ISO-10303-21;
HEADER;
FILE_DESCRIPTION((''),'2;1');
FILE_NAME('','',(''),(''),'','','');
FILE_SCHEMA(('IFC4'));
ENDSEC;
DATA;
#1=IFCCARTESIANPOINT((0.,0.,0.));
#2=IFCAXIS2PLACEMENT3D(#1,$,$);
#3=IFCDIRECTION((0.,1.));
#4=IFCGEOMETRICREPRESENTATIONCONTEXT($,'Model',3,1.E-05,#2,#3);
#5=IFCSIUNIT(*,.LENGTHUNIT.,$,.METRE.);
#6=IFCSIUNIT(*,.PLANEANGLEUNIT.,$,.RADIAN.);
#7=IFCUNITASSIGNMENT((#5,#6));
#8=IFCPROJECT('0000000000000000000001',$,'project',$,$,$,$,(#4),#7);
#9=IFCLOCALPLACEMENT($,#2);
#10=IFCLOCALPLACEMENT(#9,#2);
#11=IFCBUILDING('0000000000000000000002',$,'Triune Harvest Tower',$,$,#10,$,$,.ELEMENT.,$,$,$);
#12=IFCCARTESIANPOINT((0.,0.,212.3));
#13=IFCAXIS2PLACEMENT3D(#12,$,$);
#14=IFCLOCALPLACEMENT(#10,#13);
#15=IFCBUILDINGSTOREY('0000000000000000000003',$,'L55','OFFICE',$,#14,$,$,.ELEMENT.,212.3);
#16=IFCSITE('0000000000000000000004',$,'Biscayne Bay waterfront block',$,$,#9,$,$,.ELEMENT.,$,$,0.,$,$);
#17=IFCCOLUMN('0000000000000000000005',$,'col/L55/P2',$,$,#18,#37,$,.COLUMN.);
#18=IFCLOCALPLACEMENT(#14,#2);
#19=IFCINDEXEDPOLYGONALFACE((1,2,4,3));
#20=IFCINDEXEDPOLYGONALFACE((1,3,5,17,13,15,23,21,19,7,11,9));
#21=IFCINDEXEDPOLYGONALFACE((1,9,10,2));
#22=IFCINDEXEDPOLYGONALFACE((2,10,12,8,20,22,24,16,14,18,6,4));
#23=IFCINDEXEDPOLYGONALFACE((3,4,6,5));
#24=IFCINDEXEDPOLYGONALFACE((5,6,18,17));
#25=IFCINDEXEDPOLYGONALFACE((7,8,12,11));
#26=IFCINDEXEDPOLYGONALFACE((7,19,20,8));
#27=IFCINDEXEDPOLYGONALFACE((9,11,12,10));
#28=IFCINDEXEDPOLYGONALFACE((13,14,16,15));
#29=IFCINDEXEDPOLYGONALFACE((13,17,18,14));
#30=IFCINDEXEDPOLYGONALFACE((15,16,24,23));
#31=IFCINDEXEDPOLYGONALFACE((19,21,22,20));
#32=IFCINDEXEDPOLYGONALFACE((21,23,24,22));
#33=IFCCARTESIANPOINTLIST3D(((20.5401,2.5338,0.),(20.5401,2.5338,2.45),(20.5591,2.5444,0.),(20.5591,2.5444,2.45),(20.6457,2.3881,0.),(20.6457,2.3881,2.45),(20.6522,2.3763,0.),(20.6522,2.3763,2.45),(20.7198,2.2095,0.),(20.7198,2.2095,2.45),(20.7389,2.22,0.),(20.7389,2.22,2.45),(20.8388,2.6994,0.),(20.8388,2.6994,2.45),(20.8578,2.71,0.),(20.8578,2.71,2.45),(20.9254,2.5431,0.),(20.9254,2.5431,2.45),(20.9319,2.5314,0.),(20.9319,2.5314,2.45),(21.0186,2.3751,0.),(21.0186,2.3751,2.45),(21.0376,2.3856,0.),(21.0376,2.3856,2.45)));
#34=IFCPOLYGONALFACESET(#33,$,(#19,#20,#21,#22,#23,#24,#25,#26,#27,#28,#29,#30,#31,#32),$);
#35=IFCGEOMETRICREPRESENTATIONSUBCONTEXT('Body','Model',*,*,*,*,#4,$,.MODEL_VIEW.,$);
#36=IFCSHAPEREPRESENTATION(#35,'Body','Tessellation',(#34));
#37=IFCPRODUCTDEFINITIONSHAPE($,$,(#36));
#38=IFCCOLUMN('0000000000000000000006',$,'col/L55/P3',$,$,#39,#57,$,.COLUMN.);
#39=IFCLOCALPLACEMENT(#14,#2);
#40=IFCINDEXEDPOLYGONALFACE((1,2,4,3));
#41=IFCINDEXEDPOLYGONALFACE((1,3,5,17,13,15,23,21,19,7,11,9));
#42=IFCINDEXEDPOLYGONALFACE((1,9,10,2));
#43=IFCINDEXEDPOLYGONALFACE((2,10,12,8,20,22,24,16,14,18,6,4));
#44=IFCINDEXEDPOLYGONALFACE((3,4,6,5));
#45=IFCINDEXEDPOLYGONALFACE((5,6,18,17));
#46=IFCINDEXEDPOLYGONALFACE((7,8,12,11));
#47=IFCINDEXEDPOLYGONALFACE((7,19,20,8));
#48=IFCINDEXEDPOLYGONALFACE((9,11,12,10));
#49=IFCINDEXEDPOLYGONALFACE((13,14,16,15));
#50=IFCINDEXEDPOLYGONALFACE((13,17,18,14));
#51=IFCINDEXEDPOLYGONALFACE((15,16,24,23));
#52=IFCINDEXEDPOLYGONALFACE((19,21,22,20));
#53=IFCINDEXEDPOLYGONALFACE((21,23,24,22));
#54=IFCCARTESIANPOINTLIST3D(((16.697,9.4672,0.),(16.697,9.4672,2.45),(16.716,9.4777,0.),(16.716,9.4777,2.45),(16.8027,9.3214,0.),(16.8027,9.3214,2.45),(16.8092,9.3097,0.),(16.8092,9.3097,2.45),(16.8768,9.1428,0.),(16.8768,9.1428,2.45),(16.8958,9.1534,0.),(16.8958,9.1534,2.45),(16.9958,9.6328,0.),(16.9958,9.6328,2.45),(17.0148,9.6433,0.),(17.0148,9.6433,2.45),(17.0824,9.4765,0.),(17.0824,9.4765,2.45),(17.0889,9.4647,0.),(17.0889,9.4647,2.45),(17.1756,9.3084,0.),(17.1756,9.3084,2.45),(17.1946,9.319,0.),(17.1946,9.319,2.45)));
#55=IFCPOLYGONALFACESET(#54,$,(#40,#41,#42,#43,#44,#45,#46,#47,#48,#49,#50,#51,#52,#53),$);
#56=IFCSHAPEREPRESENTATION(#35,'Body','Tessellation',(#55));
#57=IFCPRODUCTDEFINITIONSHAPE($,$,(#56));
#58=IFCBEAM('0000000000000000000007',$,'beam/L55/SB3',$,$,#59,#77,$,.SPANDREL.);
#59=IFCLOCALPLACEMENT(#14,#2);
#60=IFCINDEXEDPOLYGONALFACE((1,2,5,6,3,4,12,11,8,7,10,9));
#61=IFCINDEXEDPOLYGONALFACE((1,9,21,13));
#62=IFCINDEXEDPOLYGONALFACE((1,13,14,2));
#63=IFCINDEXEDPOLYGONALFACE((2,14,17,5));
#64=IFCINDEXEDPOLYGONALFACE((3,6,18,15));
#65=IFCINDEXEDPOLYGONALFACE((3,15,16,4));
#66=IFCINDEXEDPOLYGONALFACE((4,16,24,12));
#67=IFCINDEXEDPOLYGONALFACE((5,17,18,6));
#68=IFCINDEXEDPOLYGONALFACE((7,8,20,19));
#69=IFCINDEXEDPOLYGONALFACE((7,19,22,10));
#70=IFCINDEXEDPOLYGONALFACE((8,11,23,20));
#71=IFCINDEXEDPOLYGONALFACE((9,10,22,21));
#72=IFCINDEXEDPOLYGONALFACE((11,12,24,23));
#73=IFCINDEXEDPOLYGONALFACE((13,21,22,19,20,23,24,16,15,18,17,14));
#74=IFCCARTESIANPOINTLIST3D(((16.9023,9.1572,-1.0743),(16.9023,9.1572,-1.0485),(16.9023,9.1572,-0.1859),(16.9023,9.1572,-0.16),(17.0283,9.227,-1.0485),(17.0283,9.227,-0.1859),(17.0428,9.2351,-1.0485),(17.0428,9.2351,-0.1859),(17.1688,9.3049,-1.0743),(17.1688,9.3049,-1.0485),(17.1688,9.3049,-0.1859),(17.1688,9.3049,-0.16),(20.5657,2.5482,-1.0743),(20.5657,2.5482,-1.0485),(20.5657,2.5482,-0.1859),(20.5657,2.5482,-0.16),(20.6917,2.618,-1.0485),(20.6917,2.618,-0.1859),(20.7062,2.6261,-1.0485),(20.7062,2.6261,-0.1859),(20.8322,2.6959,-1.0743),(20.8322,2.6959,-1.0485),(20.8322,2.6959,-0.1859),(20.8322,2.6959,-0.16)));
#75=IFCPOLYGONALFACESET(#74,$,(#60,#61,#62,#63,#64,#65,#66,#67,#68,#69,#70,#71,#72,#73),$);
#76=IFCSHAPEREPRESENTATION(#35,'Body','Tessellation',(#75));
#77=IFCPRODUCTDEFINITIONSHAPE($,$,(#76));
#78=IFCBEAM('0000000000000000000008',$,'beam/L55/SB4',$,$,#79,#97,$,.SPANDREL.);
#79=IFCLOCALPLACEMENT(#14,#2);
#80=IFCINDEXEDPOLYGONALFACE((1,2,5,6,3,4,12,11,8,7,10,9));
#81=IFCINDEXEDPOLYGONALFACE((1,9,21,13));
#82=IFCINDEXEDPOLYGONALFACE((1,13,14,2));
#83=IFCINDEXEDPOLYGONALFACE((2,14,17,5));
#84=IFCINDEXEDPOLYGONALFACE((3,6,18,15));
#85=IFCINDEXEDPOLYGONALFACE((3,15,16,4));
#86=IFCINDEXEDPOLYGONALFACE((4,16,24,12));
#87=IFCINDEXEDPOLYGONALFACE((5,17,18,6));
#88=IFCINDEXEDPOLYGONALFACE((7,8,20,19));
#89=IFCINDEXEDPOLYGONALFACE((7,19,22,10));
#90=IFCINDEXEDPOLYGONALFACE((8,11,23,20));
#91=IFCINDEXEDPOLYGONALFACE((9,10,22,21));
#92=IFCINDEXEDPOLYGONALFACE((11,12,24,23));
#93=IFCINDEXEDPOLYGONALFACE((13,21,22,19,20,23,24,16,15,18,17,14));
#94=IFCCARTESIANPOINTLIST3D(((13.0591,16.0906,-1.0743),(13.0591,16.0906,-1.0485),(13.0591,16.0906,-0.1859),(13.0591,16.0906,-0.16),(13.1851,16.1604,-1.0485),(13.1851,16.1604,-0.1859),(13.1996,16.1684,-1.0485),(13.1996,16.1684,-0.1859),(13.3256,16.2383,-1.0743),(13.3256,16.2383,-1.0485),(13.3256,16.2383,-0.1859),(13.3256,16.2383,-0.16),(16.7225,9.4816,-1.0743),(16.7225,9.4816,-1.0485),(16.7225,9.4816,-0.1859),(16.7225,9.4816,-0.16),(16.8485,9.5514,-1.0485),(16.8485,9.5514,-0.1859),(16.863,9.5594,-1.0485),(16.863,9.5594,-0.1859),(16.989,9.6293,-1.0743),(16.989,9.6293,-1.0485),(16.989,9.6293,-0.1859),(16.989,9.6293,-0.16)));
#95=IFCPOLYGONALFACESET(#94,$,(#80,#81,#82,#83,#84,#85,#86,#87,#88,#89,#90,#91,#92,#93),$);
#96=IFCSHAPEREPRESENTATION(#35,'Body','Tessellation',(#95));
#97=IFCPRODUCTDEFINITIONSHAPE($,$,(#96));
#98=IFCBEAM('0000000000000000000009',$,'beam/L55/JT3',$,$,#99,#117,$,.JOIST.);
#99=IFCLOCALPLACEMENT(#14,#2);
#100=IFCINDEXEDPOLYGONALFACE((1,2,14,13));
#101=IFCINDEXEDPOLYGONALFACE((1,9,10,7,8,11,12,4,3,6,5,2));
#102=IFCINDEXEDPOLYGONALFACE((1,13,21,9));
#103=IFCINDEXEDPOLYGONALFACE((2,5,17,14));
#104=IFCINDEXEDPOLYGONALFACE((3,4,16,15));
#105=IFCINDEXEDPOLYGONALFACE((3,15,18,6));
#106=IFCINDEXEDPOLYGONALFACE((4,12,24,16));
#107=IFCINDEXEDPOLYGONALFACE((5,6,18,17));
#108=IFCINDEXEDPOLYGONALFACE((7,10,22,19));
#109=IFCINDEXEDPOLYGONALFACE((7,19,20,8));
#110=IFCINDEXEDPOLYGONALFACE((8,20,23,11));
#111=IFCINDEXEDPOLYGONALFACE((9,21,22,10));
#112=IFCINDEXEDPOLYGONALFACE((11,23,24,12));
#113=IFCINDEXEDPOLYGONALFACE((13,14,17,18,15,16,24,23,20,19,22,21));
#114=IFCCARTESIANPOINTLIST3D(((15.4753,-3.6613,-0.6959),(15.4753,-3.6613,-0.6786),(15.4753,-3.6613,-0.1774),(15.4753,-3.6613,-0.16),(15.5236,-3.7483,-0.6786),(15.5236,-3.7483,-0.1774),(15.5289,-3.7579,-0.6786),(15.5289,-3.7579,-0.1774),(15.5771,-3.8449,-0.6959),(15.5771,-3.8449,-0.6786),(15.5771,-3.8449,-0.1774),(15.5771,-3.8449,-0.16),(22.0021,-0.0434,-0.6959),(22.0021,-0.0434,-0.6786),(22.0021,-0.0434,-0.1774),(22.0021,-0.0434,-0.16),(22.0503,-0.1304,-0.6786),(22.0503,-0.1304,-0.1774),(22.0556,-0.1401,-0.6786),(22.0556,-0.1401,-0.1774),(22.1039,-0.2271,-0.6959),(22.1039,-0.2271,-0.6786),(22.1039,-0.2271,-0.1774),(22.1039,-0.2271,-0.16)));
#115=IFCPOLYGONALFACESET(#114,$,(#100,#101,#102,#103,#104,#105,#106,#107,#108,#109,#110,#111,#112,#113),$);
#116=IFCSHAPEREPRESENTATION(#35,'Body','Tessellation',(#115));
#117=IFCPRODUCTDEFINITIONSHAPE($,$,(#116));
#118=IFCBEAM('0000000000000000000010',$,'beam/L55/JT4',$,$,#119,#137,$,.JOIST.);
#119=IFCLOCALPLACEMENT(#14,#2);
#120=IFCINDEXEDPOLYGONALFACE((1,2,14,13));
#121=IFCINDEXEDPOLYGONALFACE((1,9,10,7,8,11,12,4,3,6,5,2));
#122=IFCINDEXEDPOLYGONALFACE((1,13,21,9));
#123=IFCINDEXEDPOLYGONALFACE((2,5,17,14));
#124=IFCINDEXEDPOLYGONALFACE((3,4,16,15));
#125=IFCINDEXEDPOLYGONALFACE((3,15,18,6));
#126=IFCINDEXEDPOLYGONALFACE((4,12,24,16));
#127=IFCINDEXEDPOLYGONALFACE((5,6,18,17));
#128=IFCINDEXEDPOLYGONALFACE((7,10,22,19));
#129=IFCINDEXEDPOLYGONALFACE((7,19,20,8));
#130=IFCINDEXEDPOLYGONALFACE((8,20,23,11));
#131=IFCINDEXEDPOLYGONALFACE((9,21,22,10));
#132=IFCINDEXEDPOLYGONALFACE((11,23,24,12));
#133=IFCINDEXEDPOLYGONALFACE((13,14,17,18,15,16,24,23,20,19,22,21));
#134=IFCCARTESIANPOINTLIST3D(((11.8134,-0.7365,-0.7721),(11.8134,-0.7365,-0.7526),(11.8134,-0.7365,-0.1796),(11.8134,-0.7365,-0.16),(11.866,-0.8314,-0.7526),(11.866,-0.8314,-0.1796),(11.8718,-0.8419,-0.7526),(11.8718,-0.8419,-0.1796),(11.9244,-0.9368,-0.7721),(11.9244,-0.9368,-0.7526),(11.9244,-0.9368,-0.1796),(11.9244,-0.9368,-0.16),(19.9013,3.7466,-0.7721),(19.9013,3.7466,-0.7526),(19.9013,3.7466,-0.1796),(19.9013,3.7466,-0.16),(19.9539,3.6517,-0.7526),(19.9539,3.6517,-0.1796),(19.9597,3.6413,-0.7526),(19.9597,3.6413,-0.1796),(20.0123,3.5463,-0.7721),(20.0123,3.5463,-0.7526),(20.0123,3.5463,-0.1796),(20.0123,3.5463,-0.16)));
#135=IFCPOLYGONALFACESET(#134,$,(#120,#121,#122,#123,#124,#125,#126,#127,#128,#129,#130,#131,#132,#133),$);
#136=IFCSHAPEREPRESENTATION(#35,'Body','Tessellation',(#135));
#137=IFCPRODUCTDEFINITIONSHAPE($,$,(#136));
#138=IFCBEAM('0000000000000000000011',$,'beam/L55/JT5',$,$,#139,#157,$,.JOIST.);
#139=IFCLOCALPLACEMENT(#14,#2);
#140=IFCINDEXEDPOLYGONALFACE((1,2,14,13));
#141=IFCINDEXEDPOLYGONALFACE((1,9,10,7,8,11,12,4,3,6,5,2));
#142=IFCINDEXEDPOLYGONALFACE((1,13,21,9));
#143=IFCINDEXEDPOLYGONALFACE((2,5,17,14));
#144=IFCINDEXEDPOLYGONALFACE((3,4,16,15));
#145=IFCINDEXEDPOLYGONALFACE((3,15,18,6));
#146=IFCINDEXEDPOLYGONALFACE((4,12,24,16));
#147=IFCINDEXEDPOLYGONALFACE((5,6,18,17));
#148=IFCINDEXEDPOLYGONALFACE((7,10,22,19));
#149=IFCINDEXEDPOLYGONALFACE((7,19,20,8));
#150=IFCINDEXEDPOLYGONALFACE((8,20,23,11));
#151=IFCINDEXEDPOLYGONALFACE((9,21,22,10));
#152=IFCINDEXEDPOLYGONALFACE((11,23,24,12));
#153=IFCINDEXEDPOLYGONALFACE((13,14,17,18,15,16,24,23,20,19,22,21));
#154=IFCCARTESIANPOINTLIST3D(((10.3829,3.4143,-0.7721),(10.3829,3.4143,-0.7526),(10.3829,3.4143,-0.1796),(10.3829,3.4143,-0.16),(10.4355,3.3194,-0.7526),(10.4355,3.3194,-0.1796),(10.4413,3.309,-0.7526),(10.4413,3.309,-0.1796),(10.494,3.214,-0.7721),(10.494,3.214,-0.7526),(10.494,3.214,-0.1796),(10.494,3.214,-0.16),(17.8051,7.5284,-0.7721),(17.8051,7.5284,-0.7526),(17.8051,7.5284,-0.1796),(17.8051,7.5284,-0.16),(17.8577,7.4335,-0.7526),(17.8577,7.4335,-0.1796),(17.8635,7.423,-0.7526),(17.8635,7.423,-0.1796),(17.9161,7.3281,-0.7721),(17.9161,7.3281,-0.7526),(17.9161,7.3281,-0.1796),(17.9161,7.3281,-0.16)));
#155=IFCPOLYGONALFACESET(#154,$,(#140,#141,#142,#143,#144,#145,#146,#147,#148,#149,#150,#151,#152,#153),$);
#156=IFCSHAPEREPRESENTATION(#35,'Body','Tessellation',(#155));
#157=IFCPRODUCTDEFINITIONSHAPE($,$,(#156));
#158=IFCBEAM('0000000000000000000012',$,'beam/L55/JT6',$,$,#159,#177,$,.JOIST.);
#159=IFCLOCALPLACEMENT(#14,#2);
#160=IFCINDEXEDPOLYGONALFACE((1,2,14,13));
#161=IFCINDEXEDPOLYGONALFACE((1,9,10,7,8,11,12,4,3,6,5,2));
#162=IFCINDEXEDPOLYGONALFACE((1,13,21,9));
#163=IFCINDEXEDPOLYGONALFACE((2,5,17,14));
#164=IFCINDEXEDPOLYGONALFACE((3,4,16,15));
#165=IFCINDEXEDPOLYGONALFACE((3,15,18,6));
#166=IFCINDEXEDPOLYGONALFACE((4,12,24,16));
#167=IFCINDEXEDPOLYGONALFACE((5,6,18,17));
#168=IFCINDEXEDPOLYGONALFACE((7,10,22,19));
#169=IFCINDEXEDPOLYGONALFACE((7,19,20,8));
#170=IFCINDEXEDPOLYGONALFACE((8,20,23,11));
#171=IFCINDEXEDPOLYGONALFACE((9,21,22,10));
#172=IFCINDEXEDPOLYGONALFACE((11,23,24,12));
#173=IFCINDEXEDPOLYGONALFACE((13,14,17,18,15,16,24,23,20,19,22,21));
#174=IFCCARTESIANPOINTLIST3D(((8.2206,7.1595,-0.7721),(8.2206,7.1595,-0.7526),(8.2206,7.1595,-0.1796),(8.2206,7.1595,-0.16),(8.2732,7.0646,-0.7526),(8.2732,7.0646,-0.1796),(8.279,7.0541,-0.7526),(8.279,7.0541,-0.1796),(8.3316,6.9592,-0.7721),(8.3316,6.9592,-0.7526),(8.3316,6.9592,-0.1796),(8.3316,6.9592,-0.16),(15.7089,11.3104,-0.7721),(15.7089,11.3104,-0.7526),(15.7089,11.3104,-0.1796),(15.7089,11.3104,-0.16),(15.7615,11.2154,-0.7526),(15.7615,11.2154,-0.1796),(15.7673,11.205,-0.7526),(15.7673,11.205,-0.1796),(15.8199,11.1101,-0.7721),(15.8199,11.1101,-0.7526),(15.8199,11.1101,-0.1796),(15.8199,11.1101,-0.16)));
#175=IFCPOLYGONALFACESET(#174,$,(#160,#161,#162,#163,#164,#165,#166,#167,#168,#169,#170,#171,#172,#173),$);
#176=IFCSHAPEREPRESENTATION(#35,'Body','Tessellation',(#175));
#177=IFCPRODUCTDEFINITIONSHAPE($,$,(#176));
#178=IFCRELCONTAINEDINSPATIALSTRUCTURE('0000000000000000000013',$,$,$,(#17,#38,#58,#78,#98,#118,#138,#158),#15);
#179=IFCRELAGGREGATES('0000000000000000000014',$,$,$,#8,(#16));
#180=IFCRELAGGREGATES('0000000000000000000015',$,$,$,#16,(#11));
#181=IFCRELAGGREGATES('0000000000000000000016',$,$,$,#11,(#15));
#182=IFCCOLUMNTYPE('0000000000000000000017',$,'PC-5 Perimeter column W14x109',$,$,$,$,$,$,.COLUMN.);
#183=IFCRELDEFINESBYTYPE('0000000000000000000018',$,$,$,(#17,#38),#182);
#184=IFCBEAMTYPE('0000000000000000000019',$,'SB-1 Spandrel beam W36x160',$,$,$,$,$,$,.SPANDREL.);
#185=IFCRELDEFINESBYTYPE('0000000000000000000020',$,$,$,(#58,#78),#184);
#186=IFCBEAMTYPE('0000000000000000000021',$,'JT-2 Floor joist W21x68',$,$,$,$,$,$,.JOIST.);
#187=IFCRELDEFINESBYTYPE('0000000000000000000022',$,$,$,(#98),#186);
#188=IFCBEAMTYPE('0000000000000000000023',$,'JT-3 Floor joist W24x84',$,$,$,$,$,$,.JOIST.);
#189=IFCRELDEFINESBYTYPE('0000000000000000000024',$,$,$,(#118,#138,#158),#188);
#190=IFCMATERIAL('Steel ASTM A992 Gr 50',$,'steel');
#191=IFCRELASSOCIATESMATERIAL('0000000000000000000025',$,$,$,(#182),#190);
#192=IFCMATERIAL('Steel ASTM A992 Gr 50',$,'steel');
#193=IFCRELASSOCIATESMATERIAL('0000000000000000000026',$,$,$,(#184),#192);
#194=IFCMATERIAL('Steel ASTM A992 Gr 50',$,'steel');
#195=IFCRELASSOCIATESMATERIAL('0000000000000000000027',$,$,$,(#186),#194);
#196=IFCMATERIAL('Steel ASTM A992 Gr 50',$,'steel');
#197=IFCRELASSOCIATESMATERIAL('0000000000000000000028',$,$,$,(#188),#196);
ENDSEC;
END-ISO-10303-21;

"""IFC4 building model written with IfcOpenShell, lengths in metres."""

from ifc_helpers import new_model, si_unit, direction, frame, origin, origin_2d, place, context, subcontext, project, spatial, i_section, extrude, source, transform, mapped, material, material_profile, profile_set, type_object, element, save


model = new_model("IFC4")

# Units and contexts
model_context = context("Model", 3, precision=1e-05, world=origin(), true_north=direction((0.0, 1.0)))
body_context = subcontext(model_context, "Body", "Model", "MODEL_VIEW")
ifc_project = project(units=[si_unit("LENGTHUNIT", "METRE"), si_unit("PLANEANGLEUNIT", "RADIAN")], contexts=[model_context])

# Site, building, storey
site_placement = place(None, origin())
site = spatial("IfcSite", under=ifc_project, at=site_placement, Name="Biscayne Bay waterfront block", CompositionType="ELEMENT", RefElevation=0.0)
building_placement = place(site_placement, origin())
building = spatial("IfcBuilding", under=site, at=building_placement, Name="Triune Harvest Tower", CompositionType="ELEMENT")
storey_placement = place(building_placement, frame((0.0, 0.0, 212.3)))
storey = spatial("IfcBuildingStorey", under=building, at=storey_placement, Name="L55", Description="OFFICE", CompositionType="ELEMENT", Elevation=212.3)

# Columns
ifc_material_1 = material(Name="Steel ASTM A992 Gr 50", Category="steel")
ifc_material_profile_1 = material_profile(ifc_material_1, i_section(OverallWidth=0.3708, OverallDepth=0.3633, WebThickness=0.0134, FlangeThickness=0.0217, at=origin_2d()), Name="W14x109")
ifc_profile_set_1 = profile_set([ifc_material_profile_1], Name="Steel ASTM A992 Gr 50")
column_type = type_object("IfcColumnType", Name="PC-5 Perimeter column W14x109", PredefinedType="COLUMN", material=ifc_profile_set_1)
shared_shape_1 = source(origin(), body_context, "Body", "SweptSolid", [
    extrude(i_section(OverallWidth=0.3708, OverallDepth=0.3633, WebThickness=0.0134, FlangeThickness=0.0217, at=origin_2d()), origin(), (0.0, 0.0, 1.0), 2.45),
])
for number, where, z_axis, x_axis, name in (
    (1, (20.7888, 2.4597, 0.0), (0.0, 0.0, 1.0), (-0.48481, 0.87462, 0.0), "col/L55/P2"),
    (2, (16.9458, 9.3931, 0.0), (0.0, 0.0, 1.0), (-0.48481, 0.87462, 0.0), "col/L55/P3"),
):
    element("IfcColumn", number, at=place(storey_placement, frame(where, z_axis=z_axis, x_axis=x_axis)), inside=storey, type_object=column_type, Name=name, PredefinedType="COLUMN", context=body_context, shape_type="MappedRepresentation", body=[
        mapped(shared_shape_1, transform((0.0, 0.0, 0.0), scale=1.0)),
    ])

# Beams
ifc_material_2 = material(Name="Steel ASTM A992 Gr 50", Category="steel")
ifc_material_profile_2 = material_profile(ifc_material_2, i_section(OverallWidth=0.3047, OverallDepth=0.9143, WebThickness=0.0166, FlangeThickness=0.0259, at=origin_2d()), Name="W36x160")
ifc_profile_set_2 = profile_set([ifc_material_profile_2], Name="Steel ASTM A992 Gr 50")
beam_type_1 = type_object("IfcBeamType", Name="SB-1 Spandrel beam W36x160", PredefinedType="SPANDREL", material=ifc_profile_set_2)
shared_shape_2 = source(origin(), body_context, "Body", "SweptSolid", [
    extrude(i_section(OverallWidth=0.3047, OverallDepth=0.9143, WebThickness=0.0166, FlangeThickness=0.0259, at=origin_2d()), origin(), (0.0, 0.0, 1.0), 7.5564),
])
for number, where, z_axis, x_axis, name in (
    (3, (20.699, 2.6221, -0.6172), (-0.484806, 0.874622, 0.0), (-0.874622, -0.484806, 0.0), "beam/L55/SB3"),
    (4, (16.8557, 9.5554, -0.6172), (-0.484806, 0.874622, 0.0), (-0.874622, -0.484806, 0.0), "beam/L55/SB4"),
):
    element("IfcBeam", number, at=place(storey_placement, frame(where, z_axis=z_axis, x_axis=x_axis)), inside=storey, type_object=beam_type_1, Name=name, PredefinedType="SPANDREL", context=body_context, shape_type="MappedRepresentation", body=[
        mapped(shared_shape_2, transform((0.0, 0.0, 0.0), scale=1.0)),
    ])
ifc_material_3 = material(Name="Steel ASTM A992 Gr 50", Category="steel")
ifc_material_profile_3 = material_profile(ifc_material_3, i_section(OverallWidth=0.21, OverallDepth=0.5359, WebThickness=0.011, FlangeThickness=0.0173, at=origin_2d()), Name="W21x68")
ifc_profile_set_3 = profile_set([ifc_material_profile_3], Name="Steel ASTM A992 Gr 50")
beam_type_2 = type_object("IfcBeamType", Name="JT-2 Floor joist W21x68", PredefinedType="JOIST", material=ifc_profile_set_3)
shared_shape_3 = source(origin(), body_context, "Body", "SweptSolid", [
    extrude(i_section(OverallWidth=0.21, OverallDepth=0.5359, WebThickness=0.011, FlangeThickness=0.0173, at=origin_2d()), origin(), (0.0, 0.0, 1.0), 7.4624),
])
beam_1_placement = place(storey_placement, frame((22.053, -0.1353, -0.428), z_axis=(-0.874618, -0.484812, 0.0), x_axis=(0.484812, -0.874618, 0.0)))
element("IfcBeam", 5, at=beam_1_placement, inside=storey, type_object=beam_type_2, Name="beam/L55/JT3", PredefinedType="JOIST", context=body_context, shape_type="MappedRepresentation", body=[
    mapped(shared_shape_3, transform((0.0, 0.0, 0.0), scale=1.0)),
])
ifc_material_4 = material(Name="Steel ASTM A992 Gr 50", Category="steel")
ifc_material_profile_4 = material_profile(ifc_material_4, i_section(OverallWidth=0.229, OverallDepth=0.6121, WebThickness=0.012, FlangeThickness=0.0195, at=origin_2d()), Name="W24x84")
ifc_profile_set_4 = profile_set([ifc_material_profile_4], Name="Steel ASTM A992 Gr 50")
beam_type_3 = type_object("IfcBeamType", Name="JT-3 Floor joist W24x84", PredefinedType="JOIST", material=ifc_profile_set_4)
shared_shape_4 = source(origin(), body_context, "Body", "SweptSolid", [
    extrude(i_section(OverallWidth=0.229, OverallDepth=0.6121, WebThickness=0.012, FlangeThickness=0.0195, at=origin_2d()), origin(), (0.0, 0.0, 1.0), 9.2473),
])
beam_2_placement = place(storey_placement, frame((19.9568, 3.6465, -0.4661), z_axis=(-0.874621, -0.484807, 0.0), x_axis=(0.484807, -0.874621, 0.0)))
element("IfcBeam", 6, at=beam_2_placement, inside=storey, type_object=beam_type_3, Name="beam/L55/JT4", PredefinedType="JOIST", context=body_context, shape_type="MappedRepresentation", body=[
    mapped(shared_shape_4, transform((0.0, 0.0, 0.0), scale=1.0)),
])
shared_shape_5 = source(origin(), body_context, "Body", "SweptSolid", [
    extrude(i_section(OverallWidth=0.229, OverallDepth=0.6121, WebThickness=0.012, FlangeThickness=0.0195, at=origin_2d()), origin(), (0.0, 0.0, 1.0), 8.4861),
])
beam_3_placement = place(storey_placement, frame((17.8606, 7.4282, -0.4661), z_axis=(-0.874626, -0.484798, 0.0), x_axis=(0.484798, -0.874626, 0.0)))
element("IfcBeam", 7, at=beam_3_placement, inside=storey, type_object=beam_type_3, Name="beam/L55/JT5", PredefinedType="JOIST", context=body_context, shape_type="MappedRepresentation", body=[
    mapped(shared_shape_5, transform((0.0, 0.0, 0.0), scale=1.0)),
])
shared_shape_6 = source(origin(), body_context, "Body", "SweptSolid", [
    extrude(i_section(OverallWidth=0.229, OverallDepth=0.6121, WebThickness=0.012, FlangeThickness=0.0195, at=origin_2d()), origin(), (0.0, 0.0, 1.0), 8.5618),
])
beam_4_placement = place(storey_placement, frame((15.7644, 11.2102, -0.4661), z_axis=(-0.874617, -0.484815, 0.0), x_axis=(0.484815, -0.874617, 0.0)))
element("IfcBeam", 8, at=beam_4_placement, inside=storey, type_object=beam_type_3, Name="beam/L55/JT6", PredefinedType="JOIST", context=body_context, shape_type="MappedRepresentation", body=[
    mapped(shared_shape_6, transform((0.0, 0.0, 0.0), scale=1.0)),
])

save(model, "model.ifc")
